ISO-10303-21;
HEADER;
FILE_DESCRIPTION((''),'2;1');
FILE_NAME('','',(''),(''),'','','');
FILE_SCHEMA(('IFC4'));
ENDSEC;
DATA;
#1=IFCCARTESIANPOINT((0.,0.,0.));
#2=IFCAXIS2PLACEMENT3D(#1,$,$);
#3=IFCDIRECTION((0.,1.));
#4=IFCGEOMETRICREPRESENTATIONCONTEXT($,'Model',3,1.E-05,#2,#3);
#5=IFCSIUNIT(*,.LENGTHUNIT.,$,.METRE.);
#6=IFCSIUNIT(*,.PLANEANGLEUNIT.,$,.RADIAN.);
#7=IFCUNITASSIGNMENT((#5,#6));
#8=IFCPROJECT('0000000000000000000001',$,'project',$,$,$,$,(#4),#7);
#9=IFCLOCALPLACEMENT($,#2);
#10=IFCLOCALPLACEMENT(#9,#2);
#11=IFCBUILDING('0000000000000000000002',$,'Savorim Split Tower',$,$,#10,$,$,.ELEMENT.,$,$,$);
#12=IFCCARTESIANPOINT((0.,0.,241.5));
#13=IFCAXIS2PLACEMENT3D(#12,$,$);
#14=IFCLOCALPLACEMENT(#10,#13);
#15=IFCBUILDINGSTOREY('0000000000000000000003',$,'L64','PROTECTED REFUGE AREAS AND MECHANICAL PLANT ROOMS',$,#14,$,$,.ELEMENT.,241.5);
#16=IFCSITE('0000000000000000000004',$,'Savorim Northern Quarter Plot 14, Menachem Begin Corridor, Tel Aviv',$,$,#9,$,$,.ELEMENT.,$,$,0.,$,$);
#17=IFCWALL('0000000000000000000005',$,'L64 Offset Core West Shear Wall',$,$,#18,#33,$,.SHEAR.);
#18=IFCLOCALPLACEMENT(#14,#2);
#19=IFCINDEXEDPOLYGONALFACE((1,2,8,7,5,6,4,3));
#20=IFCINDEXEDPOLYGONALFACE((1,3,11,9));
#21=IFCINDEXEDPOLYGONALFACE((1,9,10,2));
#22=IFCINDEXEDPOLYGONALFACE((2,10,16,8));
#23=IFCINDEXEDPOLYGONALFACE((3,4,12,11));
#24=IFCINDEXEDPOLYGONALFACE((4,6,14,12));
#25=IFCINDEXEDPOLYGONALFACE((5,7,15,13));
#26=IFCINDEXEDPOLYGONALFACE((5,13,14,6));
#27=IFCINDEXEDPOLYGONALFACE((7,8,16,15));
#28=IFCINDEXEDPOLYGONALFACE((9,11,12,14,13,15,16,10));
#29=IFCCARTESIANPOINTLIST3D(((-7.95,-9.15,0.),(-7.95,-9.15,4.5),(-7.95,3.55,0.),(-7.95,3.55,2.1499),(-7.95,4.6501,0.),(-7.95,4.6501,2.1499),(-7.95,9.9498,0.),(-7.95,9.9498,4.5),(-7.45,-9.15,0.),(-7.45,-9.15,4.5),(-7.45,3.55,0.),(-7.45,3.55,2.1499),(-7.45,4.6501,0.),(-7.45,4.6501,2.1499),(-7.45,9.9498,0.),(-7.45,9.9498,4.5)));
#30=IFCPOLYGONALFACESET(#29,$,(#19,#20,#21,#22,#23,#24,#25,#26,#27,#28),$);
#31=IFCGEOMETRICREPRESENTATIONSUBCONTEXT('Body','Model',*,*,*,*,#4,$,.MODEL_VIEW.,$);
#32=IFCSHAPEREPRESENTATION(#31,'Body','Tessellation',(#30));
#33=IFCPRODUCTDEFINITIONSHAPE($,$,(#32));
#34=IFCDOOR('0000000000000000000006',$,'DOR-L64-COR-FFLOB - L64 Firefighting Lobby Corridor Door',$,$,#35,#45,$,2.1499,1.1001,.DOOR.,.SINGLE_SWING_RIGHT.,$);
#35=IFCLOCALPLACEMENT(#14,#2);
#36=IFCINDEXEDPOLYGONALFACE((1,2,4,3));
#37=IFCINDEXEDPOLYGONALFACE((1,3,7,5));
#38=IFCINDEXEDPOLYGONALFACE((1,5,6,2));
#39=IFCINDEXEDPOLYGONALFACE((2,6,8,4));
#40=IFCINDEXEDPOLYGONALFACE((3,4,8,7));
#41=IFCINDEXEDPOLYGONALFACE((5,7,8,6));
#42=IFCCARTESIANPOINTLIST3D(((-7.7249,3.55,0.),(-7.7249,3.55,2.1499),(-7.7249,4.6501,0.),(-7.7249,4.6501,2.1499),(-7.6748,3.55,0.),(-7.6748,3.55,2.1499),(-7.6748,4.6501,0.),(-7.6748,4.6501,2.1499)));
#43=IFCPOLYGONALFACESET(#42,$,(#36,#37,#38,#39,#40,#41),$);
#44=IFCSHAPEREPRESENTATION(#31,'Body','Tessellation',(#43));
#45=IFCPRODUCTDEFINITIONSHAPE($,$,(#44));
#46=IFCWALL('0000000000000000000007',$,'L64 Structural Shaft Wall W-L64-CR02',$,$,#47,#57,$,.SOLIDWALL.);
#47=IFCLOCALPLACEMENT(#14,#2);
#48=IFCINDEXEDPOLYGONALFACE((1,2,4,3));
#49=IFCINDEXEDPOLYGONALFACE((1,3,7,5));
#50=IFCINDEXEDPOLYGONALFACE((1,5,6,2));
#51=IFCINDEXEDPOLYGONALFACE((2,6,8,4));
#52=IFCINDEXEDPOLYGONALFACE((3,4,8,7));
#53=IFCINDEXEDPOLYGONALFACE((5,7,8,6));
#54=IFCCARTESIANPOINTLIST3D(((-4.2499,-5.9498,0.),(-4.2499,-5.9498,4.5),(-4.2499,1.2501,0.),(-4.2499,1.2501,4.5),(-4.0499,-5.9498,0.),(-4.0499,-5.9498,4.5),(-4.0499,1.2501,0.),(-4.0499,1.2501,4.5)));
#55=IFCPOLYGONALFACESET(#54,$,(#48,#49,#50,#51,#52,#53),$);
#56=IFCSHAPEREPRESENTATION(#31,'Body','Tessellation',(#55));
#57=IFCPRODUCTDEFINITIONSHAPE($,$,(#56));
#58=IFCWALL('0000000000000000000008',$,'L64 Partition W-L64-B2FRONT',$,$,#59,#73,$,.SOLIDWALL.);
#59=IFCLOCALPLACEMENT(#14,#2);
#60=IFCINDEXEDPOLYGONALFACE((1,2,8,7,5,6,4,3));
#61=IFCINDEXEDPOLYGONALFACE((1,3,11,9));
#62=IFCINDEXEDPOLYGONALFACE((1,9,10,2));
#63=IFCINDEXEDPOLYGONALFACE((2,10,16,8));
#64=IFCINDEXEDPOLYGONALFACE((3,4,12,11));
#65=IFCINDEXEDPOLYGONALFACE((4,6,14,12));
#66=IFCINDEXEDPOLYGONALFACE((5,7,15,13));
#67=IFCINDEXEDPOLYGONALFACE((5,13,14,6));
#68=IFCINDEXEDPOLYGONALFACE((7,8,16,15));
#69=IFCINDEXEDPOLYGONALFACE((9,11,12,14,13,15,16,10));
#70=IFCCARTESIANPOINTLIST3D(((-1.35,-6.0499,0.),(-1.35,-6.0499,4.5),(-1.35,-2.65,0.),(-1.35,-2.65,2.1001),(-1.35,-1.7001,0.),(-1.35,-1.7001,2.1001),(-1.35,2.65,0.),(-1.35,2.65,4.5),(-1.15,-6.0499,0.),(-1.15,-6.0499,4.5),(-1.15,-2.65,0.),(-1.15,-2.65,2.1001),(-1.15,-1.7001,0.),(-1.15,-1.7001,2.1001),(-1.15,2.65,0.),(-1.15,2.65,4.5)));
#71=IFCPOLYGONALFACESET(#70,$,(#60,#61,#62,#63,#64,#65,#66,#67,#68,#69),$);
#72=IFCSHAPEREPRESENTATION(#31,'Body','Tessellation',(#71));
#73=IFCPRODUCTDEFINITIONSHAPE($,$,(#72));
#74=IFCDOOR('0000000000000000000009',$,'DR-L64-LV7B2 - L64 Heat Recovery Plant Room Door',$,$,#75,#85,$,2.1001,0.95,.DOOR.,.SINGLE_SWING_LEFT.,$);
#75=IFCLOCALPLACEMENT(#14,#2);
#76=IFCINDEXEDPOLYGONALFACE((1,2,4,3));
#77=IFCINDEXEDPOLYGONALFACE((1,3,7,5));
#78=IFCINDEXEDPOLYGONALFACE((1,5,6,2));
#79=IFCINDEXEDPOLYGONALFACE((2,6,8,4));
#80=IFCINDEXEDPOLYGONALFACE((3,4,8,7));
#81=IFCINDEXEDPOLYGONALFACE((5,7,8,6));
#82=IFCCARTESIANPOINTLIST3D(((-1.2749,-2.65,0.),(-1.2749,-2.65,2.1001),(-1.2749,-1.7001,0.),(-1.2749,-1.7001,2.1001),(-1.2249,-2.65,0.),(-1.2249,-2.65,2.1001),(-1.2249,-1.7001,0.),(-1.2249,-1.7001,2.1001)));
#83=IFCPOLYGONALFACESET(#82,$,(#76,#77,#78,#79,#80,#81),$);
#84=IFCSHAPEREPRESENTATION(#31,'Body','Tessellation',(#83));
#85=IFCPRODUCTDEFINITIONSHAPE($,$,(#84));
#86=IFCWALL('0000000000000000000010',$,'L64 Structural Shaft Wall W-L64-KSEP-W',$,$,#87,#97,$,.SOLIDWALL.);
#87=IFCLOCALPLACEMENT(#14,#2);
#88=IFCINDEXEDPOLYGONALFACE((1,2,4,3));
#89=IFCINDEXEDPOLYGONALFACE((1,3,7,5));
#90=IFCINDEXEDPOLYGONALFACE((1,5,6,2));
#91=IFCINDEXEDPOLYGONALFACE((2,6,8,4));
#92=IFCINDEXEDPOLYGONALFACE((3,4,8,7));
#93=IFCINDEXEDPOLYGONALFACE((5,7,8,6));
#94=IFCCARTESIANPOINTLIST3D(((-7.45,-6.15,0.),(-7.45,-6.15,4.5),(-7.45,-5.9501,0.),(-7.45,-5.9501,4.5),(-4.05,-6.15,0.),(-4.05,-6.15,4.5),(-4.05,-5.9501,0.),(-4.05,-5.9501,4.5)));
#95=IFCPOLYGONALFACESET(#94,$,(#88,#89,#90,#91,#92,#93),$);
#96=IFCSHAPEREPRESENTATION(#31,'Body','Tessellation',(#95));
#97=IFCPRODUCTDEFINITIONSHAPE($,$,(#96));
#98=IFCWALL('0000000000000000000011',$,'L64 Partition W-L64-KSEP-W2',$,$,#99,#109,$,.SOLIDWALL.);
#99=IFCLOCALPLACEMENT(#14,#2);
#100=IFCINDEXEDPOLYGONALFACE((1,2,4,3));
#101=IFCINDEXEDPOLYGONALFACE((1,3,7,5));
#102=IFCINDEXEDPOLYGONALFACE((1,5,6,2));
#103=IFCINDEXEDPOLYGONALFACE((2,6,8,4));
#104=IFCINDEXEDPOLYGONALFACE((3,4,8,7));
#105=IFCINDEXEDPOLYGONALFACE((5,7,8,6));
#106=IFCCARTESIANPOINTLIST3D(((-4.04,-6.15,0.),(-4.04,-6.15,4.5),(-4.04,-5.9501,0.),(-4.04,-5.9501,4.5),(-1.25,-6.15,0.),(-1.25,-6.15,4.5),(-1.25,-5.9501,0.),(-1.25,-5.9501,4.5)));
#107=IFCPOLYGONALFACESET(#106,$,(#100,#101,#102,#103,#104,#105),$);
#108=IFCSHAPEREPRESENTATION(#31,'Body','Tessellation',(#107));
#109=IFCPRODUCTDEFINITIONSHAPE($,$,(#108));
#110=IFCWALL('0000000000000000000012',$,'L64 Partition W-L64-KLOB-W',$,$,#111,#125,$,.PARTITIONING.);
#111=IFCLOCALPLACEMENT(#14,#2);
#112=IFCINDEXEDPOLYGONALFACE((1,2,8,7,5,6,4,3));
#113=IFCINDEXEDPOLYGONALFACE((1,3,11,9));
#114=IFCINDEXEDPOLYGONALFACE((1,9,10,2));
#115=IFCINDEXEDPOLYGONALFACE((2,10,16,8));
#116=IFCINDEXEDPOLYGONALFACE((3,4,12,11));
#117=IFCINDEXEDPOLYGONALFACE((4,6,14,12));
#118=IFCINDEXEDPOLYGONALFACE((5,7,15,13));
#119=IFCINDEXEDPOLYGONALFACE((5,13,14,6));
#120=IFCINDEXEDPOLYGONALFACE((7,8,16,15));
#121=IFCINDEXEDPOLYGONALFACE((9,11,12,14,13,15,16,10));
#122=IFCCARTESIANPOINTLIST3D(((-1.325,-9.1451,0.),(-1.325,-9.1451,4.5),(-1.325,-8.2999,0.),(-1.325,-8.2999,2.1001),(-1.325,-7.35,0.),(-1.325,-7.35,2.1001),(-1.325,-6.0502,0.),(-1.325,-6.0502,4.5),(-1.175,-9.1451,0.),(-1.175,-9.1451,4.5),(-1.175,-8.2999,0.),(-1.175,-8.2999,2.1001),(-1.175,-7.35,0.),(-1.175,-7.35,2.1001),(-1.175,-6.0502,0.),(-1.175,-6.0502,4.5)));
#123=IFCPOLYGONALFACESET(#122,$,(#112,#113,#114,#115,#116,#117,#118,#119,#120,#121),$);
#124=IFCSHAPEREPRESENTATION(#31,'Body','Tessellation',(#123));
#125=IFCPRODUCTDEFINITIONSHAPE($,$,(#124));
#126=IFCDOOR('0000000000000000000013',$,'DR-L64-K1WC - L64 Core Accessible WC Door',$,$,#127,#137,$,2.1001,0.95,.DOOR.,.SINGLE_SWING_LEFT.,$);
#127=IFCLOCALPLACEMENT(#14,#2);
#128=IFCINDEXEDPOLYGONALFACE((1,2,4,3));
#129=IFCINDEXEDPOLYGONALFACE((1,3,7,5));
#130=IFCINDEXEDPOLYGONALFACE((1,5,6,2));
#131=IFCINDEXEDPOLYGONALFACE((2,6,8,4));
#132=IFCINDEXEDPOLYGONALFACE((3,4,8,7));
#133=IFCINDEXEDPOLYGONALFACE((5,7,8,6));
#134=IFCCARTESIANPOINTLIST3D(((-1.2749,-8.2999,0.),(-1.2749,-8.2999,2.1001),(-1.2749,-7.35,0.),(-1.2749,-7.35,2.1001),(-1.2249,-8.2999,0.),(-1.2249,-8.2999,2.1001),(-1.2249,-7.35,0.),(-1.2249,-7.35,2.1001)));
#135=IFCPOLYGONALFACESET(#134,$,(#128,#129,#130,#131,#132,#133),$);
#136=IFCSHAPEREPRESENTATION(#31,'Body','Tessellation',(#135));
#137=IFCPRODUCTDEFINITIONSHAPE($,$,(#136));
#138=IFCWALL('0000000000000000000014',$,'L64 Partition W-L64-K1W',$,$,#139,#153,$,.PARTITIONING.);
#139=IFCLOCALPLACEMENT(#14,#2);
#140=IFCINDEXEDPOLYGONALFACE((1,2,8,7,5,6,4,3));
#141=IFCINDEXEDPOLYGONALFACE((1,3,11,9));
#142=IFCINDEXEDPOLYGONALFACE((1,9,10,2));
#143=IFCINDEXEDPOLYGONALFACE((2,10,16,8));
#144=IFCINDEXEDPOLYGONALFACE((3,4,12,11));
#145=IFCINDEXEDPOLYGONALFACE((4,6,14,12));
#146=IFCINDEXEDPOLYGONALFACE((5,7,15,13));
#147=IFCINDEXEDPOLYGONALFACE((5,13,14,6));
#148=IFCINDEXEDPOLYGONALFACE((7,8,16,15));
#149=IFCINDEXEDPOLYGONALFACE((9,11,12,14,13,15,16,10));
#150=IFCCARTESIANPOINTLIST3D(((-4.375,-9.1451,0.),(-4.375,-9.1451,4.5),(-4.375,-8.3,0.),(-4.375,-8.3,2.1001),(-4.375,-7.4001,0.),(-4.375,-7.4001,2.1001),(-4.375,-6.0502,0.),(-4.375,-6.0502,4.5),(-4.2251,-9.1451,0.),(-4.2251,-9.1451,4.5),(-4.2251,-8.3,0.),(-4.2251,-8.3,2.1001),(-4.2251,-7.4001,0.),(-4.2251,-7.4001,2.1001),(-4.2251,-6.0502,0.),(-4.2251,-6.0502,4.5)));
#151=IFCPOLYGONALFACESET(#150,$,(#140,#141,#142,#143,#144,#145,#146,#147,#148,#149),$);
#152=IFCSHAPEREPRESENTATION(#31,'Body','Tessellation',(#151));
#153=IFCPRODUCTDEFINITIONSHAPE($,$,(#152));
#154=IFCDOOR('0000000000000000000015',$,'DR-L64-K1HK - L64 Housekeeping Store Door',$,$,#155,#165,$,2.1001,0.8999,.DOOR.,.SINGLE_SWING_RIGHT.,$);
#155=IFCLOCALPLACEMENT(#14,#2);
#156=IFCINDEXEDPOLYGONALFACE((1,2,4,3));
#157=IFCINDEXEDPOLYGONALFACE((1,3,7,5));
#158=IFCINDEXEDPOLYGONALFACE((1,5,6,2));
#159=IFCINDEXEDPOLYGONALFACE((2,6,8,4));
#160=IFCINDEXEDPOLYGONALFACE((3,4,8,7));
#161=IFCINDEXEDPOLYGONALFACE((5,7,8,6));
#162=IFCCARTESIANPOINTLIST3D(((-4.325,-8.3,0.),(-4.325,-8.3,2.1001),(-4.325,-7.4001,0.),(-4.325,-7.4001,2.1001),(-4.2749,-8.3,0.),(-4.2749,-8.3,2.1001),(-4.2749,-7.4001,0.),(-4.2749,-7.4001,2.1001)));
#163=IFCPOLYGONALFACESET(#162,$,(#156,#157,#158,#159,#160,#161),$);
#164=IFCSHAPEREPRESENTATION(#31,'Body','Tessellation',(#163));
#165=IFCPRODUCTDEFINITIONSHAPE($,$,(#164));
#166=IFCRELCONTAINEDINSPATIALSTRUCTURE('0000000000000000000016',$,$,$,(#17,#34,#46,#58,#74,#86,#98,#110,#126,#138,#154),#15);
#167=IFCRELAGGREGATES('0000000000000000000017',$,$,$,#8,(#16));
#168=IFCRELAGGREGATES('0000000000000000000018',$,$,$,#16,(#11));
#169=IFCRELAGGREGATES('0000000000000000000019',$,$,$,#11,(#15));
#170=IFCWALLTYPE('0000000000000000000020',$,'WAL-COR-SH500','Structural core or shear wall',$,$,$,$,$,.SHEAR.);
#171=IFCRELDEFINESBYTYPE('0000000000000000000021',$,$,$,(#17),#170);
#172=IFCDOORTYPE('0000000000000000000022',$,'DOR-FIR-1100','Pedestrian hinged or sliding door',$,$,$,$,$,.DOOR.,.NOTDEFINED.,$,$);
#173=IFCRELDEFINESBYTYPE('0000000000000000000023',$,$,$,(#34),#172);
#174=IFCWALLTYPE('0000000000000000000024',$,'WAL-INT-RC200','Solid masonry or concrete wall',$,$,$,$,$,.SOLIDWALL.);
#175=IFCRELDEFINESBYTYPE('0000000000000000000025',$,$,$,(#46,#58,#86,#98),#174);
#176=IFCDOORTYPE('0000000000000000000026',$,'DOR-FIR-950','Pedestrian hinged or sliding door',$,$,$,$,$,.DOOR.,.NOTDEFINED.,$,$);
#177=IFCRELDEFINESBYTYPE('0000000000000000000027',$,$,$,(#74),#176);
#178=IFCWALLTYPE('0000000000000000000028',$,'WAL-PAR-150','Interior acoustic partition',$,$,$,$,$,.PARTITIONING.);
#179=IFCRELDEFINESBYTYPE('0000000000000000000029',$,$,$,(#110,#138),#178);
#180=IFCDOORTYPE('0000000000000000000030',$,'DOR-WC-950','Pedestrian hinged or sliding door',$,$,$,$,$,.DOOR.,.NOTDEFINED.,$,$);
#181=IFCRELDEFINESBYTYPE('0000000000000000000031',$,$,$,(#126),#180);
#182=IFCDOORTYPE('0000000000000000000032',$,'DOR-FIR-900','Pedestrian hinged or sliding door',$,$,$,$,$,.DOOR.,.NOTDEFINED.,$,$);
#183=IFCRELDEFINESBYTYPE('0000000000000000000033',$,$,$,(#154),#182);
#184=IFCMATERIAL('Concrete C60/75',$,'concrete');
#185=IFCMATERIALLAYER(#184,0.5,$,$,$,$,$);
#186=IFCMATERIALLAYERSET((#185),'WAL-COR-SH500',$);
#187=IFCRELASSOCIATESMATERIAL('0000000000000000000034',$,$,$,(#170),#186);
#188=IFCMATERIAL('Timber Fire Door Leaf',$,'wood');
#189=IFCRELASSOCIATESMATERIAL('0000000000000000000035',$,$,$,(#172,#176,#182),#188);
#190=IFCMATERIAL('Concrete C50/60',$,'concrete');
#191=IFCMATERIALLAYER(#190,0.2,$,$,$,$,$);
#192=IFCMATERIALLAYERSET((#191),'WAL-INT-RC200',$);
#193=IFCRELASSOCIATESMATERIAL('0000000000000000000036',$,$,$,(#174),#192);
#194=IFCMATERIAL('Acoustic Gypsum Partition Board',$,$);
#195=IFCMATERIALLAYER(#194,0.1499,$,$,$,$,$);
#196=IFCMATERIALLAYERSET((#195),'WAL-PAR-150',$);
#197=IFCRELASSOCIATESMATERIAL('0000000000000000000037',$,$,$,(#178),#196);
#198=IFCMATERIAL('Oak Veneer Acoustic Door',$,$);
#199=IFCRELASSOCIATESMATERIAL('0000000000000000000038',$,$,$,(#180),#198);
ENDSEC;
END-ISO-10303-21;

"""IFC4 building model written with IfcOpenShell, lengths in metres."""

from ifc_helpers import new_model, si_unit, direction, frame, frame_2d, origin, place, context, subcontext, project, spatial, rectangle, extrude, material, layer, layer_set, type_object, element, fill, save


model = new_model("IFC4")

# Units and contexts
model_context = context("Model", 3, precision=1e-05, world=origin(), true_north=direction((0.0, 1.0)))
body_context = subcontext(model_context, "Body", "Model", "MODEL_VIEW")
ifc_project = project(units=[si_unit("LENGTHUNIT", "METRE"), si_unit("PLANEANGLEUNIT", "RADIAN")], contexts=[model_context])

# Site, building, storey
site_placement = place(None, origin())
site = spatial("IfcSite", under=ifc_project, at=site_placement, Name="Savorim Northern Quarter Plot 14, Menachem Begin Corridor, Tel Aviv", CompositionType="ELEMENT", RefElevation=0.0)
building_placement = place(site_placement, origin())
building = spatial("IfcBuilding", under=site, at=building_placement, Name="Savorim Split Tower", CompositionType="ELEMENT")
storey_placement = place(building_placement, frame((0.0, 0.0, 241.5)))
storey = spatial("IfcBuildingStorey", under=building, at=storey_placement, Name="L64", Description="PROTECTED REFUGE AREAS AND MECHANICAL PLANT ROOMS", CompositionType="ELEMENT", Elevation=241.5)

# Wall, opening, door
ifc_material_1 = material(Name="Concrete C60/75", Category="concrete")
ifc_layer_1 = layer(ifc_material_1, 0.5)
ifc_layer_set_1 = layer_set([ifc_layer_1], Name="WAL-COR-SH500")
wall_type_1 = type_object("IfcWallType", Name="WAL-COR-SH500", Description="Structural core or shear wall", PredefinedType="SHEAR", material=ifc_layer_set_1)
wall_1_placement = place(storey_placement, frame((-7.7, -9.1499, 0.0), z_axis=(0.0, 0.0, 1.0), x_axis=(0.0, 1.0, 0.0)))
wall_1 = element("IfcWall", 1, at=wall_1_placement, inside=storey, type_object=wall_type_1, Name="L64 Offset Core West Shear Wall", PredefinedType="SHEAR", context=body_context, shape_type="SweptSolid", body=[
    extrude(rectangle(XDim=19.0999, YDim=0.5, at=frame_2d((9.5498, 0.0))), origin(), (0.0, 0.0, 1.0), 4.5),
])
opening_1_placement = place(wall_1_placement, frame((12.7, 0.0, 0.0)))
opening_1 = element("IfcOpeningElement", 2, at=opening_1_placement, cuts=wall_1, PredefinedType="OPENING", context=body_context, shape_type="SweptSolid", body=[
    extrude(rectangle(XDim=1.1001, YDim=2.1499, at=frame_2d((0.55, 1.075))), frame((0.0, 0.26, 0.0), z_axis=(0.0, -1.0, 0.0), x_axis=(1.0, 0.0, 0.0)), (0.0, 0.0, 1.0), 0.52),
])
ifc_material_2 = material(Name="Timber Fire Door Leaf", Category="wood")
door_type_1 = type_object("IfcDoorType", Name="DOR-FIR-1100", Description="Pedestrian hinged or sliding door", OperationType="NOTDEFINED", PredefinedType="DOOR", material=ifc_material_2)
door_1_placement = place(opening_1_placement, origin())
door_1 = element("IfcDoor", 3, at=door_1_placement, inside=storey, type_object=door_type_1, Name="DOR-L64-COR-FFLOB - L64 Firefighting Lobby Corridor Door", OperationType="SINGLE_SWING_RIGHT", OverallHeight=2.1499, OverallWidth=1.1001, PredefinedType="DOOR", context=body_context, shape_type="SweptSolid", body=[
    extrude(rectangle(XDim=1.1001, YDim=2.1499, at=frame_2d((0.55, 1.075))), frame((0.0, 0.0249, 0.0), z_axis=(0.0, -1.0, 0.0), x_axis=(1.0, 0.0, 0.0)), (0.0, 0.0, 1.0), 0.05),
])
fill(opening_1, door_1)

# Wall
ifc_material_3 = material(Name="Concrete C50/60", Category="concrete")
ifc_layer_2 = layer(ifc_material_3, 0.2)
ifc_layer_set_2 = layer_set([ifc_layer_2], Name="WAL-INT-RC200")
wall_type_2 = type_object("IfcWallType", Name="WAL-INT-RC200", Description="Solid masonry or concrete wall", PredefinedType="SOLIDWALL", material=ifc_layer_set_2)
wall_2_placement = place(storey_placement, frame((-4.1499, -5.95, 0.0), z_axis=(0.0, 0.0, 1.0), x_axis=(0.0, 1.0, 0.0)))
element("IfcWall", 4, at=wall_2_placement, inside=storey, type_object=wall_type_2, Name="L64 Structural Shaft Wall W-L64-CR02", PredefinedType="SOLIDWALL", context=body_context, shape_type="SweptSolid", body=[
    extrude(rectangle(XDim=7.2, YDim=0.2, at=frame_2d((3.6001, 0.0))), origin(), (0.0, 0.0, 1.0), 4.5),
])

# Wall, opening, door
wall_3_placement = place(storey_placement, frame((-1.25, -6.05, 0.0), z_axis=(0.0, 0.0, 1.0), x_axis=(0.0, 1.0, 0.0)))
wall_3 = element("IfcWall", 5, at=wall_3_placement, inside=storey, type_object=wall_type_2, Name="L64 Partition W-L64-B2FRONT", PredefinedType="SOLIDWALL", context=body_context, shape_type="SweptSolid", body=[
    extrude(rectangle(XDim=8.7, YDim=0.2, at=frame_2d((4.3501, 0.0))), origin(), (0.0, 0.0, 1.0), 4.5),
])
opening_2_placement = place(wall_3_placement, frame((3.3999, 0.0, 0.0)))
opening_2 = element("IfcOpeningElement", 6, at=opening_2_placement, cuts=wall_3, PredefinedType="OPENING", context=body_context, shape_type="SweptSolid", body=[
    extrude(rectangle(XDim=0.95, YDim=2.1001, at=frame_2d((0.4751, 1.05))), frame((0.0, 0.1099, 0.0), z_axis=(0.0, -1.0, 0.0), x_axis=(1.0, 0.0, 0.0)), (0.0, 0.0, 1.0), 0.22),
])
door_type_2 = type_object("IfcDoorType", Name="DOR-FIR-950", Description="Pedestrian hinged or sliding door", OperationType="NOTDEFINED", PredefinedType="DOOR", material=ifc_material_2)
door_2_placement = place(opening_2_placement, origin())
door_2 = element("IfcDoor", 7, at=door_2_placement, inside=storey, type_object=door_type_2, Name="DR-L64-LV7B2 - L64 Heat Recovery Plant Room Door", OperationType="SINGLE_SWING_LEFT", OverallHeight=2.1001, OverallWidth=0.95, PredefinedType="DOOR", context=body_context, shape_type="SweptSolid", body=[
    extrude(rectangle(XDim=0.95, YDim=2.1001, at=frame_2d((0.4751, 1.05))), frame((0.0, 0.0249, 0.0), z_axis=(0.0, -1.0, 0.0), x_axis=(1.0, 0.0, 0.0)), (0.0, 0.0, 1.0), 0.05),
])
fill(opening_2, door_2)

# Walls
wall_4_placement = place(storey_placement, frame((-7.45, -6.05, 0.0), z_axis=(0.0, 0.0, 1.0), x_axis=(1.0, 0.0, 0.0)))
element("IfcWall", 8, at=wall_4_placement, inside=storey, type_object=wall_type_2, Name="L64 Structural Shaft Wall W-L64-KSEP-W", PredefinedType="SOLIDWALL", context=body_context, shape_type="SweptSolid", body=[
    extrude(rectangle(XDim=3.3999, YDim=0.2, at=frame_2d((1.7, 0.0))), origin(), (0.0, 0.0, 1.0), 4.5),
])
wall_5_placement = place(storey_placement, frame((-4.04, -6.05, 0.0), z_axis=(0.0, 0.0, 1.0), x_axis=(1.0, 0.0, 0.0)))
element("IfcWall", 9, at=wall_5_placement, inside=storey, type_object=wall_type_2, Name="L64 Partition W-L64-KSEP-W2", PredefinedType="SOLIDWALL", context=body_context, shape_type="SweptSolid", body=[
    extrude(rectangle(XDim=2.79, YDim=0.2, at=frame_2d((1.395, 0.0))), origin(), (0.0, 0.0, 1.0), 4.5),
])

# Walls, openings, doors
ifc_material_4 = material(Name="Acoustic Gypsum Partition Board")
ifc_layer_3 = layer(ifc_material_4, 0.1499)
ifc_layer_set_3 = layer_set([ifc_layer_3], Name="WAL-PAR-150")
wall_type_3 = type_object("IfcWallType", Name="WAL-PAR-150", Description="Interior acoustic partition", PredefinedType="PARTITIONING", material=ifc_layer_set_3)
wall_6_placement = place(storey_placement, frame((-1.25, -9.145, 0.0), z_axis=(0.0, 0.0, 1.0), x_axis=(0.0, 1.0, 0.0)))
wall_6 = element("IfcWall", 10, at=wall_6_placement, inside=storey, type_object=wall_type_3, Name="L64 Partition W-L64-KLOB-W", PredefinedType="PARTITIONING", context=body_context, shape_type="SweptSolid", body=[
    extrude(rectangle(XDim=3.095, YDim=0.1499, at=frame_2d((1.5474, 0.0))), origin(), (0.0, 0.0, 1.0), 4.5),
])
opening_3_placement = place(wall_6_placement, frame((0.845, 0.0, 0.0)))
opening_3 = element("IfcOpeningElement", 11, at=opening_3_placement, cuts=wall_6, PredefinedType="OPENING", context=body_context, shape_type="SweptSolid", body=[
    extrude(rectangle(XDim=0.95, YDim=2.1001, at=frame_2d((0.4751, 1.05))), frame((0.0, 0.085, 0.0), z_axis=(0.0, -1.0, 0.0), x_axis=(1.0, 0.0, 0.0)), (0.0, 0.0, 1.0), 0.1699),
])
ifc_material_5 = material(Name="Oak Veneer Acoustic Door")
door_type_3 = type_object("IfcDoorType", Name="DOR-WC-950", Description="Pedestrian hinged or sliding door", OperationType="NOTDEFINED", PredefinedType="DOOR", material=ifc_material_5)
door_3_placement = place(opening_3_placement, origin())
door_3 = element("IfcDoor", 12, at=door_3_placement, inside=storey, type_object=door_type_3, Name="DR-L64-K1WC - L64 Core Accessible WC Door", OperationType="SINGLE_SWING_LEFT", OverallHeight=2.1001, OverallWidth=0.95, PredefinedType="DOOR", context=body_context, shape_type="SweptSolid", body=[
    extrude(rectangle(XDim=0.95, YDim=2.1001, at=frame_2d((0.4751, 1.05))), frame((0.0, 0.0249, 0.0), z_axis=(0.0, -1.0, 0.0), x_axis=(1.0, 0.0, 0.0)), (0.0, 0.0, 1.0), 0.05),
])
fill(opening_3, door_3)
wall_7_placement = place(storey_placement, frame((-4.3, -9.145, 0.0), z_axis=(0.0, 0.0, 1.0), x_axis=(0.0, 1.0, 0.0)))
wall_7 = element("IfcWall", 13, at=wall_7_placement, inside=storey, type_object=wall_type_3, Name="L64 Partition W-L64-K1W", PredefinedType="PARTITIONING", context=body_context, shape_type="SweptSolid", body=[
    extrude(rectangle(XDim=3.095, YDim=0.1499, at=frame_2d((1.5474, 0.0))), origin(), (0.0, 0.0, 1.0), 4.5),
])
opening_4_placement = place(wall_7_placement, frame((0.845, 0.0, 0.0)))
opening_4 = element("IfcOpeningElement", 14, at=opening_4_placement, cuts=wall_7, PredefinedType="OPENING", context=body_context, shape_type="SweptSolid", body=[
    extrude(rectangle(XDim=0.8999, YDim=2.1001, at=frame_2d((0.45, 1.05))), frame((0.0, 0.085, 0.0), z_axis=(0.0, -1.0, 0.0), x_axis=(1.0, 0.0, 0.0)), (0.0, 0.0, 1.0), 0.1699),
])
door_type_4 = type_object("IfcDoorType", Name="DOR-FIR-900", Description="Pedestrian hinged or sliding door", OperationType="NOTDEFINED", PredefinedType="DOOR", material=ifc_material_2)
door_4_placement = place(opening_4_placement, origin())
door_4 = element("IfcDoor", 15, at=door_4_placement, inside=storey, type_object=door_type_4, Name="DR-L64-K1HK - L64 Housekeeping Store Door", OperationType="SINGLE_SWING_RIGHT", OverallHeight=2.1001, OverallWidth=0.8999, PredefinedType="DOOR", context=body_context, shape_type="SweptSolid", body=[
    extrude(rectangle(XDim=0.8999, YDim=2.1001, at=frame_2d((0.45, 1.05))), frame((0.0, 0.0249, 0.0), z_axis=(0.0, -1.0, 0.0), x_axis=(1.0, 0.0, 0.0)), (0.0, 0.0, 1.0), 0.05),
])
fill(opening_4, door_4)

save(model, "model.ifc")
